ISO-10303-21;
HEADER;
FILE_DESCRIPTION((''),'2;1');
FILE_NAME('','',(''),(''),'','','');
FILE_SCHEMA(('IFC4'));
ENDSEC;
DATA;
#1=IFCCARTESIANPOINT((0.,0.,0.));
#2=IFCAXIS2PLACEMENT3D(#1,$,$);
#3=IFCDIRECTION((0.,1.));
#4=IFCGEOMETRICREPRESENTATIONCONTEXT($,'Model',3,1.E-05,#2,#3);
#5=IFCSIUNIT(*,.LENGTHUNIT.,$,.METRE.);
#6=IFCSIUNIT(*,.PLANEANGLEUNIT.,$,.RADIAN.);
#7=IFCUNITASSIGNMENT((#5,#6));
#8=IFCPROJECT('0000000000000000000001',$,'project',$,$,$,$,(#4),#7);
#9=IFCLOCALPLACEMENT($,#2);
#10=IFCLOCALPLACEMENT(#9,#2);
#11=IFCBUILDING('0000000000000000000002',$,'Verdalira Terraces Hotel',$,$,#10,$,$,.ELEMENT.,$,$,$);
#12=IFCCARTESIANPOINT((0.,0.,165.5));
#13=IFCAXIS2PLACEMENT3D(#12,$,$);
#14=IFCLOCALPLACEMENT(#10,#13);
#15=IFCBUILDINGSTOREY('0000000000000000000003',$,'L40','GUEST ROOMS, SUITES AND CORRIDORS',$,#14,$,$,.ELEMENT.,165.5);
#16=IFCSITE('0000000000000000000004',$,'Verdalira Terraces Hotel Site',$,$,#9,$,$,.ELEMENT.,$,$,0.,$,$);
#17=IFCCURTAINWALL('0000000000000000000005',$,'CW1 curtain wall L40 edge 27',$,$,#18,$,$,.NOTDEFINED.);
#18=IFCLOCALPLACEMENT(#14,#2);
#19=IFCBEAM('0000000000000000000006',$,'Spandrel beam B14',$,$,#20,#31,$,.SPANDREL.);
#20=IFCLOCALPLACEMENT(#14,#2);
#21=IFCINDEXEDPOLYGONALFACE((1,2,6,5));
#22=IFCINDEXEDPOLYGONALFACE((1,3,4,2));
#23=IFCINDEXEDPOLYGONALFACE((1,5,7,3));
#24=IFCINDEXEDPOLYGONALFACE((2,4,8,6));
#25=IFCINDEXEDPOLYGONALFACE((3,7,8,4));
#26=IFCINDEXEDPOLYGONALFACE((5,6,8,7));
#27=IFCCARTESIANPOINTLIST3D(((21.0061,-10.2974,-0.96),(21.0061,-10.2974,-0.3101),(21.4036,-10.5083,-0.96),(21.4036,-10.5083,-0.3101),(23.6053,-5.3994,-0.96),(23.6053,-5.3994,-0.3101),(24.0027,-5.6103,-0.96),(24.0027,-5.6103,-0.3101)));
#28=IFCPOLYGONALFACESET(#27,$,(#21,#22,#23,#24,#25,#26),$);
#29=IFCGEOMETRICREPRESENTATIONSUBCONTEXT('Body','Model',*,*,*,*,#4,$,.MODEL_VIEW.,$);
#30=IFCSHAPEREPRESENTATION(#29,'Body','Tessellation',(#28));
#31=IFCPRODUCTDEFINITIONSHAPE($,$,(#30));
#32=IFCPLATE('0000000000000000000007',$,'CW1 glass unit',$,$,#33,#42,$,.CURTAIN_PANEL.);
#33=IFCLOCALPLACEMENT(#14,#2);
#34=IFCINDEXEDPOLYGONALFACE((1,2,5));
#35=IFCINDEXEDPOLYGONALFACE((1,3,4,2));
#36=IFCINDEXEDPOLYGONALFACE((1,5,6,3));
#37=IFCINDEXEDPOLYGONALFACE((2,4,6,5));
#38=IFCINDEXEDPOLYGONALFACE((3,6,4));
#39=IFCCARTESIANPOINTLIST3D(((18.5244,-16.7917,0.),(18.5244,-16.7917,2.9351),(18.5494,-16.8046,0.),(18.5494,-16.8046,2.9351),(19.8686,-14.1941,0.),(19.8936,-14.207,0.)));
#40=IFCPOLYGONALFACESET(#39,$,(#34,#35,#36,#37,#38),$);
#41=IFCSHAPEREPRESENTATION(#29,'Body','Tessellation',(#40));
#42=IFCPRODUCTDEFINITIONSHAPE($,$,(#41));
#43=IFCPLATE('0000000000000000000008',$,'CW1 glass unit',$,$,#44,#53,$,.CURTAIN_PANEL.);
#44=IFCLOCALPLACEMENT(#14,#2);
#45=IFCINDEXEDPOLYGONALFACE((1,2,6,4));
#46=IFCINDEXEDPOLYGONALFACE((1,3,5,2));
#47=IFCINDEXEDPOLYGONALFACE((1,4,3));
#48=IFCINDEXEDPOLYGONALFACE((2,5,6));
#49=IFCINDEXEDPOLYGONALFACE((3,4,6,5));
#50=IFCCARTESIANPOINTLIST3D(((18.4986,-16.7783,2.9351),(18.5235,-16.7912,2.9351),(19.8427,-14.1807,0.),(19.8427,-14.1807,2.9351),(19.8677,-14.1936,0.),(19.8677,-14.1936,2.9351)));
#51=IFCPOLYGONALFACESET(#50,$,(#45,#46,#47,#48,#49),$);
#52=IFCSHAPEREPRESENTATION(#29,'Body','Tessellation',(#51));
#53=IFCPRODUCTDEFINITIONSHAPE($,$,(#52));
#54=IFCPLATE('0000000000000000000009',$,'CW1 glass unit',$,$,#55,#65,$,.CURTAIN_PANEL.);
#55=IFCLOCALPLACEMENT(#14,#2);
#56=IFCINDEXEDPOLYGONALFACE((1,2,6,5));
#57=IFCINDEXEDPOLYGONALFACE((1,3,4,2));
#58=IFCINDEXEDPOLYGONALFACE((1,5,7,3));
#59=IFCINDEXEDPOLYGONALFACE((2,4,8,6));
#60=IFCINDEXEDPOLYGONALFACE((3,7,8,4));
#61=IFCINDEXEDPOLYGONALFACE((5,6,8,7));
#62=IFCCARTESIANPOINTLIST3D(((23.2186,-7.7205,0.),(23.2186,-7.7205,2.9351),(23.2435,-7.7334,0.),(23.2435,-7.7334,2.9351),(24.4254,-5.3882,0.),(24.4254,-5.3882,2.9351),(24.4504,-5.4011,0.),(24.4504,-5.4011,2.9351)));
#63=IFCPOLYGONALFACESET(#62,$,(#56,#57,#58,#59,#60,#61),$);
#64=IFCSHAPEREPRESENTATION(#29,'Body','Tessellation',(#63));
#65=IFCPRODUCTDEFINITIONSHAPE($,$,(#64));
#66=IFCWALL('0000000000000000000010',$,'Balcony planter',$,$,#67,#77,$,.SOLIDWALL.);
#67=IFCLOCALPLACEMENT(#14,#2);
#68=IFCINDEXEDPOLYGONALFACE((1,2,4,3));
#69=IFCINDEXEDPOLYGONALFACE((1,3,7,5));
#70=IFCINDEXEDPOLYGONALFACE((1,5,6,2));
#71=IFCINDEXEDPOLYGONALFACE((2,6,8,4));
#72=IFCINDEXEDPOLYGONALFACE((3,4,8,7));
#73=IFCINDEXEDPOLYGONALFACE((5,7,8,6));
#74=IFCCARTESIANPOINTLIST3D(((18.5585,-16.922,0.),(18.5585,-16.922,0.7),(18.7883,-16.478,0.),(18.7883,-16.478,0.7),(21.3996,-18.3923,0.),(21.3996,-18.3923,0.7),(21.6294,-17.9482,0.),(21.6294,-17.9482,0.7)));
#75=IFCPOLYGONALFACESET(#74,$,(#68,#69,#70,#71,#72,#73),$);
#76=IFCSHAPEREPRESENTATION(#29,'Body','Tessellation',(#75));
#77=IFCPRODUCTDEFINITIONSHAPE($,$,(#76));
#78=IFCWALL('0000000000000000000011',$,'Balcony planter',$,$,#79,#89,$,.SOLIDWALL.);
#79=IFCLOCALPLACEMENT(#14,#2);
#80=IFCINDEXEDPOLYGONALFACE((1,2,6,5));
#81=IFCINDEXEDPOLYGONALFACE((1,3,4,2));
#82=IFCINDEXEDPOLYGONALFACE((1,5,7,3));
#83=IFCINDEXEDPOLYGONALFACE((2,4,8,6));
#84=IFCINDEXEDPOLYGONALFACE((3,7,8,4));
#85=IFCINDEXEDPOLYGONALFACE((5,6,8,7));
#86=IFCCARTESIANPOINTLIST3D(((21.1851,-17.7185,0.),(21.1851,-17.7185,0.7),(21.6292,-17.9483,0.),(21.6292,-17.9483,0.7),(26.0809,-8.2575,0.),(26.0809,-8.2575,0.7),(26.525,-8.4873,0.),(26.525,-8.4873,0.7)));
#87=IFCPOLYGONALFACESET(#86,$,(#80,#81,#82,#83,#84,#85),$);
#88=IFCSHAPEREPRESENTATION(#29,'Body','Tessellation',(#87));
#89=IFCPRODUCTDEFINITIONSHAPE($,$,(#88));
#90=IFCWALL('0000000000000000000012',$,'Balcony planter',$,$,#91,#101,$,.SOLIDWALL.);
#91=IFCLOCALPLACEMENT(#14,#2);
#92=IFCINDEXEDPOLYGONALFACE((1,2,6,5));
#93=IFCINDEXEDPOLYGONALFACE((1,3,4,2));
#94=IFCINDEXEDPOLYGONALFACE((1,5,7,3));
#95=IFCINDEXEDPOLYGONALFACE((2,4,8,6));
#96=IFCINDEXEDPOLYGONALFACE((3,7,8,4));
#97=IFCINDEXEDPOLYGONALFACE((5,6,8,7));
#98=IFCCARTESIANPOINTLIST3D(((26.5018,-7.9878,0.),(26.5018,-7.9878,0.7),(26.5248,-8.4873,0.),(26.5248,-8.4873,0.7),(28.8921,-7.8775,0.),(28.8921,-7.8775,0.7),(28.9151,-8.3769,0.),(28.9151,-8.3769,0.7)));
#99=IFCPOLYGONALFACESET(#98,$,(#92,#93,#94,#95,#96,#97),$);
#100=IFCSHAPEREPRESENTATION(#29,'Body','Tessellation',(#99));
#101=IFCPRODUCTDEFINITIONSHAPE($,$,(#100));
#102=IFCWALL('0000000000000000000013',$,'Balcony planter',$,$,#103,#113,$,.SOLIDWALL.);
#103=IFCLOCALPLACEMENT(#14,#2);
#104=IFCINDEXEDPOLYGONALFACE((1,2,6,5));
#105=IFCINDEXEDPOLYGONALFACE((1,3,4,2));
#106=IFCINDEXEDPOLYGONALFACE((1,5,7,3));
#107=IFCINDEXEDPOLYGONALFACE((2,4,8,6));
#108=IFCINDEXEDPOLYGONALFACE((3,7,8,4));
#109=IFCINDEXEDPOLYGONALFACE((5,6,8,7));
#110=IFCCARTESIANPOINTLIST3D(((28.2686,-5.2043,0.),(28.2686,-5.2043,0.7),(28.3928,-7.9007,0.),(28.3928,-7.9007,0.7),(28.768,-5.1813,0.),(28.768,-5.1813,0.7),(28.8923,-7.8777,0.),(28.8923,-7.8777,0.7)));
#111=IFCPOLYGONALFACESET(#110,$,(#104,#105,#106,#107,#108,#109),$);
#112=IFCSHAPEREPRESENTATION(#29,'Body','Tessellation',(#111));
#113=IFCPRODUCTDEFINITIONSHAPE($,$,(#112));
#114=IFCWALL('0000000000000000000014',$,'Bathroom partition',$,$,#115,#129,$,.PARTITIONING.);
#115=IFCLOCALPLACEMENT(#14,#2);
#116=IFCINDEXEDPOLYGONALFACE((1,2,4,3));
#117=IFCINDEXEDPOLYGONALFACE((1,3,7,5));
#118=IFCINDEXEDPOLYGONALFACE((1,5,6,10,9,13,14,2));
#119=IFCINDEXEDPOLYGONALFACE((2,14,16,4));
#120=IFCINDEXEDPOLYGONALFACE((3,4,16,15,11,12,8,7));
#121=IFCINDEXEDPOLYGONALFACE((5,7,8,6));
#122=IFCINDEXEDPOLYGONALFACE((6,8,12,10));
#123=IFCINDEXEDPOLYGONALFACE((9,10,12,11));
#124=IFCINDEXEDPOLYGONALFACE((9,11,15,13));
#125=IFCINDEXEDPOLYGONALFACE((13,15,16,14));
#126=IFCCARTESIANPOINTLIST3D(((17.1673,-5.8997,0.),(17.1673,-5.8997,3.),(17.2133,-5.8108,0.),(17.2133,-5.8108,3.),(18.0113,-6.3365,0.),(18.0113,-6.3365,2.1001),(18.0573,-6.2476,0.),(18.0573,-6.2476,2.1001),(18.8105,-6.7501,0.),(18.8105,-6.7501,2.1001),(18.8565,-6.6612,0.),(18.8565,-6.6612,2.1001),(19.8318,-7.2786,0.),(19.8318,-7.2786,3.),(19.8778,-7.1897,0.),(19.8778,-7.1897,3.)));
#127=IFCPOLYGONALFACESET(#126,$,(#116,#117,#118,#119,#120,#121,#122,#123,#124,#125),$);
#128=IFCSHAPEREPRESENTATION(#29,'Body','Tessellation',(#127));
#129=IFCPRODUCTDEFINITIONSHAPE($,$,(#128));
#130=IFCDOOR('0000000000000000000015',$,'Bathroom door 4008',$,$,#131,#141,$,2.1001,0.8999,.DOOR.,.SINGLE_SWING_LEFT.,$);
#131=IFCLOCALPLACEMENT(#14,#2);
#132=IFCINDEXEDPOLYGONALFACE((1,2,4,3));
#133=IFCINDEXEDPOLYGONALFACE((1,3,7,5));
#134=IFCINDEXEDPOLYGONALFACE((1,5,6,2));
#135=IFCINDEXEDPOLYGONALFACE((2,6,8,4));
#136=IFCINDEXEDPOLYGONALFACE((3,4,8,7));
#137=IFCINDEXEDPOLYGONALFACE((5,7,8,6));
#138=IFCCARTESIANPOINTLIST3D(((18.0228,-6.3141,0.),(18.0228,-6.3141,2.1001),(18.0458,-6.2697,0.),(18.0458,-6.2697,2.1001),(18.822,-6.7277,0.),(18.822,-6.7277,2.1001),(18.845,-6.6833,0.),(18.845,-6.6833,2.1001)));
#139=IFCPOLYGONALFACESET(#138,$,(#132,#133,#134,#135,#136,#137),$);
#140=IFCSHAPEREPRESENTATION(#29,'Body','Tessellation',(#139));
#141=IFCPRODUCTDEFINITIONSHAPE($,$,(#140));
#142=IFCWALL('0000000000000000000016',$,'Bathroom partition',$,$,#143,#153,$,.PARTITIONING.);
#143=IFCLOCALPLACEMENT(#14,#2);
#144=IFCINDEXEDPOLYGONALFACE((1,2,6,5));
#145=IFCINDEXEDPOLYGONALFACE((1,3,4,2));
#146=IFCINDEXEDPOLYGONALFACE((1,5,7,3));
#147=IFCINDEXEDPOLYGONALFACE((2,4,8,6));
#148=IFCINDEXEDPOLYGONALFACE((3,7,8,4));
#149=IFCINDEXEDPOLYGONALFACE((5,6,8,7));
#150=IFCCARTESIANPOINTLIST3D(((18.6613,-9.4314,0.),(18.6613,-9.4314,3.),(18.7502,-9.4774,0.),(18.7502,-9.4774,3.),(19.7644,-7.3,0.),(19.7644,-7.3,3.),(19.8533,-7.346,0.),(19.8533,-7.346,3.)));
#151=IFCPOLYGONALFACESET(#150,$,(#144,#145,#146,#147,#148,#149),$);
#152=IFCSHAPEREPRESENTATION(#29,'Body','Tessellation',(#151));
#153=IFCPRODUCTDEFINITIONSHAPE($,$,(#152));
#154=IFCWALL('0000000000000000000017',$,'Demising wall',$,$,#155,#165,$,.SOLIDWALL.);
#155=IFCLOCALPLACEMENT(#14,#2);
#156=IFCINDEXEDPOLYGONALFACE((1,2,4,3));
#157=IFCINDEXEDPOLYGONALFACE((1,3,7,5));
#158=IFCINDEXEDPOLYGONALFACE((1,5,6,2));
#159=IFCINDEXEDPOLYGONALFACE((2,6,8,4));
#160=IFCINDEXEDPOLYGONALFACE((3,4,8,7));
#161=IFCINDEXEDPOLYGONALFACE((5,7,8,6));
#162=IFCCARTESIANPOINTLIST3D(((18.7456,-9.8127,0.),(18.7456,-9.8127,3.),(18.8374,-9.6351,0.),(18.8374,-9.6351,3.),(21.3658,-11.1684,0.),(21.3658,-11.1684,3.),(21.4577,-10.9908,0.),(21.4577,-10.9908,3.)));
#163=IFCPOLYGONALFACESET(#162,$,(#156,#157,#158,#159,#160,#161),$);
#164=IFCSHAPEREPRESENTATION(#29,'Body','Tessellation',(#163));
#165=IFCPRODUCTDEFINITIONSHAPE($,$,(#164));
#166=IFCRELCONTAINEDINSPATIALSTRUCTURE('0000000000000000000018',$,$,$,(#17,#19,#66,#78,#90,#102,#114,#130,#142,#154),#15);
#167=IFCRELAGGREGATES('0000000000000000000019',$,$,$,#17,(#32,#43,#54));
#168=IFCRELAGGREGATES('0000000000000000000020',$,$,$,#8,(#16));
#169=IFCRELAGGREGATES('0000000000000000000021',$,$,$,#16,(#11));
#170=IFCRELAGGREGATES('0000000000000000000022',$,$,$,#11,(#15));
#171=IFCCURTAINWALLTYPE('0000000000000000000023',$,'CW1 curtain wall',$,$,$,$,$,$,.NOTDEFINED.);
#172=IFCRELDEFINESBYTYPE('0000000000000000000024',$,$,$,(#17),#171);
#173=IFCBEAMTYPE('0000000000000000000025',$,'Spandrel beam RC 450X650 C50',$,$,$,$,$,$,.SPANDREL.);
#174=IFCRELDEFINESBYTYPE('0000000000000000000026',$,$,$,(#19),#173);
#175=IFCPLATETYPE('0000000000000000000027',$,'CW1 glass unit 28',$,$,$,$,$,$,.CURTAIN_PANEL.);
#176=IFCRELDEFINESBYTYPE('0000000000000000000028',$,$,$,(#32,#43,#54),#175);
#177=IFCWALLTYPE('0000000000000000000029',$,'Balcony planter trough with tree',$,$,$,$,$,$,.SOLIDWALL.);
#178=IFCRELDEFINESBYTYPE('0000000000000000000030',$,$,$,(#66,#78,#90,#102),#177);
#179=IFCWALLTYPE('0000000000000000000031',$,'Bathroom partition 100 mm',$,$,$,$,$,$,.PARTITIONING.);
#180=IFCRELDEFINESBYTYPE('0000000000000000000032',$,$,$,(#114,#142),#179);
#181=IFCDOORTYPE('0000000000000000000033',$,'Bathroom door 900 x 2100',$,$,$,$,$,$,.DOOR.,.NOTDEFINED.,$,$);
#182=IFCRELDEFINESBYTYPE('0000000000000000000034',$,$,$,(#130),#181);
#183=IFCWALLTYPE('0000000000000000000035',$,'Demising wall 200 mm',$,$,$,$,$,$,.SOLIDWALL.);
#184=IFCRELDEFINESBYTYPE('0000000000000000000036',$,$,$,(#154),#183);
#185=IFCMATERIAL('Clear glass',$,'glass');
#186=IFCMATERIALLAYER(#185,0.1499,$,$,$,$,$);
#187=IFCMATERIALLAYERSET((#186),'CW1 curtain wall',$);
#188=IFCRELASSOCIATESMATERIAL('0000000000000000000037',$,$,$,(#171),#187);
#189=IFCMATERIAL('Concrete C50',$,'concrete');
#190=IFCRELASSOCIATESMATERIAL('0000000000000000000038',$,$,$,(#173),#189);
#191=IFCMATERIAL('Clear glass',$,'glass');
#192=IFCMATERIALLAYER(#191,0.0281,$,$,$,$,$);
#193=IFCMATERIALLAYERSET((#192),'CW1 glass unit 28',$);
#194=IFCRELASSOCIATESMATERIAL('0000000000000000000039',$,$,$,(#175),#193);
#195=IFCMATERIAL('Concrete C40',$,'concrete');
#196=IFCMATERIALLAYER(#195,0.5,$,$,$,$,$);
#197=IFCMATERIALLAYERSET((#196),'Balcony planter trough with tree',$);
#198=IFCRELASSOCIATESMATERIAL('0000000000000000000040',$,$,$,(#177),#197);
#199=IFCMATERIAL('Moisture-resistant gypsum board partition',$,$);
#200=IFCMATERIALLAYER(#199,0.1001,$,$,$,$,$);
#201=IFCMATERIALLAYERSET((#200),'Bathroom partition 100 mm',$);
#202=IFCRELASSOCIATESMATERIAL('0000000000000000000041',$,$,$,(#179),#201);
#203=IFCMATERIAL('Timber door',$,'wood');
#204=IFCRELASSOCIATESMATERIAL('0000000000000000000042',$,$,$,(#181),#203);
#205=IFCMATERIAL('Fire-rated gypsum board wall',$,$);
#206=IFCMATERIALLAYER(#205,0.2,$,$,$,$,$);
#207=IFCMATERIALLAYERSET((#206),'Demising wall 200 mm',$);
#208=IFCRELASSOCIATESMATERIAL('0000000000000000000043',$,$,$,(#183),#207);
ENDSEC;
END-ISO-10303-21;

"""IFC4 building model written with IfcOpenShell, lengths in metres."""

from ifc_helpers import new_model, si_unit, direction, frame, frame_2d, origin, origin_2d, place, context, subcontext, project, spatial, polyline, rectangle, outline, extrude, material, layer, layer_set, material_profile, profile_set, type_object, element, fill, aggregate, save


model = new_model("IFC4")

# Units and contexts
model_context = context("Model", 3, precision=1e-05, world=origin(), true_north=direction((0.0, 1.0)))
body_context = subcontext(model_context, "Body", "Model", "MODEL_VIEW")
ifc_project = project(units=[si_unit("LENGTHUNIT", "METRE"), si_unit("PLANEANGLEUNIT", "RADIAN")], contexts=[model_context])

# Site, building, storey
site_placement = place(None, origin())
site = spatial("IfcSite", under=ifc_project, at=site_placement, Name="Verdalira Terraces Hotel Site", CompositionType="ELEMENT", RefElevation=0.0)
building_placement = place(site_placement, origin())
building = spatial("IfcBuilding", under=site, at=building_placement, Name="Verdalira Terraces Hotel", CompositionType="ELEMENT")
storey_placement = place(building_placement, frame((0.0, 0.0, 165.5)))
storey = spatial("IfcBuildingStorey", under=building, at=storey_placement, Name="L40", Description="GUEST ROOMS, SUITES AND CORRIDORS", CompositionType="ELEMENT", Elevation=165.5)

# Shared definitions
ifc_material_1 = material(Name="Clear glass", Category="glass")
ifc_layer_1 = layer(ifc_material_1, 0.1499)
ifc_layer_set_1 = layer_set([ifc_layer_1], Name="CW1 curtain wall")
curtain_wall_type_1 = type_object("IfcCurtainWallType", Name="CW1 curtain wall", PredefinedType="NOTDEFINED", material=ifc_layer_set_1)

# Curtain wall
curtain_wall_1_placement = place(storey_placement, origin())
curtain_wall_1 = element("IfcCurtainWall", 1, at=curtain_wall_1_placement, inside=storey, type_object=curtain_wall_type_1, Name="CW1 curtain wall L40 edge 27", PredefinedType="NOTDEFINED")

# Beam
ifc_material_2 = material(Name="Concrete C50", Category="concrete")
ifc_material_profile_1 = material_profile(ifc_material_2, rectangle(XDim=0.45, YDim=0.6499, at=origin_2d()), Name="RC 450X650")
ifc_profile_set_1 = profile_set([ifc_material_profile_1], Name="Concrete C50")
beam_type_1 = type_object("IfcBeamType", Name="Spandrel beam RC 450X650 C50", PredefinedType="SPANDREL", material=ifc_profile_set_1)
beam_1_placement = place(storey_placement, frame((21.2048, -10.4028, -0.635), z_axis=(0.468745, 0.883333, 0.0), x_axis=(-0.883333, 0.468745, 0.0)))
element("IfcBeam", 2, at=beam_1_placement, inside=storey, type_object=beam_type_1, Name="Spandrel beam B14", PredefinedType="SPANDREL", context=body_context, shape_type="SweptSolid", body=[
    extrude(rectangle(XDim=0.45, YDim=0.6499, at=origin_2d()), origin(), (0.0, 0.0, 1.0), 5.5449),
])

# Plates
ifc_material_3 = material(Name="Clear glass", Category="glass")
ifc_layer_2 = layer(ifc_material_3, 0.0281)
ifc_layer_set_2 = layer_set([ifc_layer_2], Name="CW1 glass unit 28")
plate_type = type_object("IfcPlateType", Name="CW1 glass unit 28", PredefinedType="CURTAIN_PANEL", material=ifc_layer_set_2)
plate_1_placement = place(storey_placement, frame((19.1965, -15.4929, 1.4675), z_axis=(0.888136, -0.45958, 0.0), x_axis=(0.45958, 0.888136, 0.0)))
plate_1 = element("IfcPlate", 3, at=plate_1_placement, type_object=plate_type, Name="CW1 glass unit", PredefinedType="CURTAIN_PANEL", context=body_context, shape_type="SweptSolid", body=[
    extrude(outline(polyline([(-1.4624, -1.4675), (1.4624, -1.4675), (-1.4624, 1.4675), (-1.4624, -1.4675)])), origin(), (0.0, 0.0, 1.0), 0.0281),
])
plate_2_placement = place(storey_placement, frame((19.1707, -15.4795, 1.4675), z_axis=(0.888136, -0.45958, 0.0), x_axis=(0.45958, 0.888136, 0.0)))
plate_2 = element("IfcPlate", 4, at=plate_2_placement, type_object=plate_type, Name="CW1 glass unit", PredefinedType="CURTAIN_PANEL", context=body_context, shape_type="SweptSolid", body=[
    extrude(outline(polyline([(1.4624, -1.4675), (1.4624, 1.4675), (-1.4624, 1.4675), (1.4624, -1.4675)])), origin(), (0.0, 0.0, 1.0), 0.0281),
])
plate_3_placement = place(storey_placement, frame((23.8345, -6.5608, 0.0), z_axis=(0.0, 0.0, 1.0), x_axis=(0.45958, 0.888136, 0.0)))
plate_3 = element("IfcPlate", 5, at=plate_3_placement, type_object=plate_type, Name="CW1 glass unit", PredefinedType="CURTAIN_PANEL", context=body_context, shape_type="SweptSolid", body=[
    extrude(rectangle(XDim=2.626, YDim=0.0281, at=origin_2d()), origin(), (0.0, 0.0, 1.0), 2.9351),
])
aggregate(curtain_wall_1, [plate_1, plate_2, plate_3])

# Walls
ifc_material_4 = material(Name="Concrete C40", Category="concrete")
ifc_layer_3 = layer(ifc_material_4, 0.5)
ifc_layer_set_3 = layer_set([ifc_layer_3], Name="Balcony planter trough with tree")
wall_type_1 = type_object("IfcWallType", Name="Balcony planter trough with tree", PredefinedType="SOLIDWALL", material=ifc_layer_set_3)
wall_1_placement = place(storey_placement, frame((18.6733, -16.7, 0.0), z_axis=(0.0, 0.0, 1.0), x_axis=(0.888128, -0.459595, 0.0)))
element("IfcWall", 6, at=wall_1_placement, inside=storey, type_object=wall_type_1, Name="Balcony planter", PredefinedType="SOLIDWALL", context=body_context, shape_type="SweptSolid", body=[
    extrude(rectangle(XDim=3.199, YDim=0.5, at=frame_2d((1.5996, 0.0))), origin(), (0.0, 0.0, 1.0), 0.7),
])
wall_2_placement = place(storey_placement, frame((21.4072, -17.8333, 0.0), z_axis=(0.0, 0.0, 1.0), x_axis=(0.459583, 0.888135, 0.0)))
element("IfcWall", 7, at=wall_2_placement, inside=storey, type_object=wall_type_1, Name="Balcony planter", PredefinedType="SOLIDWALL", context=body_context, shape_type="SweptSolid", body=[
    extrude(rectangle(XDim=10.6526, YDim=0.5, at=frame_2d((5.3262, 0.0))), origin(), (0.0, 0.0, 1.0), 0.7),
])
wall_3_placement = place(storey_placement, frame((26.5134, -8.2375, 0.0), z_axis=(0.0, 0.0, 1.0), x_axis=(0.998936, 0.046116, 0.0)))
element("IfcWall", 8, at=wall_3_placement, inside=storey, type_object=wall_type_1, Name="Balcony planter", PredefinedType="SOLIDWALL", context=body_context, shape_type="SweptSolid", body=[
    extrude(rectangle(XDim=2.3928, YDim=0.5, at=frame_2d((1.1963, 0.0))), origin(), (0.0, 0.0, 1.0), 0.7),
])
wall_4_placement = place(storey_placement, frame((28.6426, -7.8892, 0.0), z_axis=(0.0, 0.0, 1.0), x_axis=(-0.04604, 0.99894, 0.0)))
element("IfcWall", 9, at=wall_4_placement, inside=storey, type_object=wall_type_1, Name="Balcony planter", PredefinedType="SOLIDWALL", context=body_context, shape_type="SweptSolid", body=[
    extrude(rectangle(XDim=2.6992, YDim=0.5, at=frame_2d((1.3496, 0.0))), origin(), (0.0, 0.0, 1.0), 0.7),
])

# Wall, opening, door
ifc_material_5 = material(Name="Moisture-resistant gypsum board partition")
ifc_layer_4 = layer(ifc_material_5, 0.1001)
ifc_layer_set_4 = layer_set([ifc_layer_4], Name="Bathroom partition 100 mm")
wall_type_2 = type_object("IfcWallType", Name="Bathroom partition 100 mm", PredefinedType="PARTITIONING", material=ifc_layer_set_4)
wall_5_placement = place(storey_placement, frame((19.8547, -7.2341, 0.0), z_axis=(0.0, 0.0, 1.0), x_axis=(-0.888124, 0.459604, 0.0)))
wall_5 = element("IfcWall", 10, at=wall_5_placement, inside=storey, type_object=wall_type_2, Name="Bathroom partition", PredefinedType="PARTITIONING", context=body_context, shape_type="SweptSolid", body=[
    extrude(rectangle(XDim=3.0002, YDim=0.1001, at=frame_2d((1.5, 0.0))), origin(), (0.0, 0.0, 1.0), 3.0),
])
opening_1_placement = place(wall_5_placement, frame((1.1499, 0.0, 0.0)))
opening_1 = element("IfcOpeningElement", 11, at=opening_1_placement, cuts=wall_5, PredefinedType="OPENING", context=body_context, shape_type="SweptSolid", body=[
    extrude(rectangle(XDim=0.8999, YDim=2.1001, at=frame_2d((0.45, 1.05))), frame((0.0, 0.0601, 0.0), z_axis=(0.0, -1.0, 0.0), x_axis=(1.0, 0.0, 0.0)), (0.0, 0.0, 1.0), 0.1201),
])
ifc_material_6 = material(Name="Timber door", Category="wood")
door_type_1 = type_object("IfcDoorType", Name="Bathroom door 900 x 2100", OperationType="NOTDEFINED", PredefinedType="DOOR", material=ifc_material_6)
door_1_placement = place(opening_1_placement, origin())
door_1 = element("IfcDoor", 12, at=door_1_placement, inside=storey, type_object=door_type_1, Name="Bathroom door 4008", OperationType="SINGLE_SWING_LEFT", OverallHeight=2.1001, OverallWidth=0.8999, PredefinedType="DOOR", context=body_context, shape_type="SweptSolid", body=[
    extrude(rectangle(XDim=0.8999, YDim=2.1001, at=frame_2d((0.45, 1.05))), frame((0.0, 0.0249, 0.0), z_axis=(0.0, -1.0, 0.0), x_axis=(1.0, 0.0, 0.0)), (0.0, 0.0, 1.0), 0.05),
])
fill(opening_1, door_1)

# Walls
wall_6_placement = place(storey_placement, frame((19.8088, -7.323, 0.0), z_axis=(0.0, 0.0, 1.0), x_axis=(-0.459622, -0.888115, 0.0)))
element("IfcWall", 13, at=wall_6_placement, inside=storey, type_object=wall_type_2, Name="Bathroom partition", PredefinedType="PARTITIONING", context=body_context, shape_type="SweptSolid", body=[
    extrude(rectangle(XDim=2.3999, YDim=0.1001, at=frame_2d((1.2, 0.0))), origin(), (0.0, 0.0, 1.0), 3.0),
])
ifc_material_7 = material(Name="Fire-rated gypsum board wall")
ifc_layer_5 = layer(ifc_material_7, 0.2)
ifc_layer_set_5 = layer_set([ifc_layer_5], Name="Demising wall 200 mm")
wall_type_3 = type_object("IfcWallType", Name="Demising wall 200 mm", PredefinedType="SOLIDWALL", material=ifc_layer_set_5)
wall_7_placement = place(storey_placement, frame((18.7915, -9.7239, 0.0), z_axis=(0.0, 0.0, 1.0), x_axis=(0.888151, -0.459551, 0.0)))
element("IfcWall", 14, at=wall_7_placement, inside=storey, type_object=wall_type_3, Name="Demising wall", PredefinedType="SOLIDWALL", context=body_context, shape_type="SweptSolid", body=[
    extrude(rectangle(XDim=2.9502, YDim=0.2, at=frame_2d((1.4751, 0.0))), origin(), (0.0, 0.0, 1.0), 3.0),
])

save(model, "model.ifc")
